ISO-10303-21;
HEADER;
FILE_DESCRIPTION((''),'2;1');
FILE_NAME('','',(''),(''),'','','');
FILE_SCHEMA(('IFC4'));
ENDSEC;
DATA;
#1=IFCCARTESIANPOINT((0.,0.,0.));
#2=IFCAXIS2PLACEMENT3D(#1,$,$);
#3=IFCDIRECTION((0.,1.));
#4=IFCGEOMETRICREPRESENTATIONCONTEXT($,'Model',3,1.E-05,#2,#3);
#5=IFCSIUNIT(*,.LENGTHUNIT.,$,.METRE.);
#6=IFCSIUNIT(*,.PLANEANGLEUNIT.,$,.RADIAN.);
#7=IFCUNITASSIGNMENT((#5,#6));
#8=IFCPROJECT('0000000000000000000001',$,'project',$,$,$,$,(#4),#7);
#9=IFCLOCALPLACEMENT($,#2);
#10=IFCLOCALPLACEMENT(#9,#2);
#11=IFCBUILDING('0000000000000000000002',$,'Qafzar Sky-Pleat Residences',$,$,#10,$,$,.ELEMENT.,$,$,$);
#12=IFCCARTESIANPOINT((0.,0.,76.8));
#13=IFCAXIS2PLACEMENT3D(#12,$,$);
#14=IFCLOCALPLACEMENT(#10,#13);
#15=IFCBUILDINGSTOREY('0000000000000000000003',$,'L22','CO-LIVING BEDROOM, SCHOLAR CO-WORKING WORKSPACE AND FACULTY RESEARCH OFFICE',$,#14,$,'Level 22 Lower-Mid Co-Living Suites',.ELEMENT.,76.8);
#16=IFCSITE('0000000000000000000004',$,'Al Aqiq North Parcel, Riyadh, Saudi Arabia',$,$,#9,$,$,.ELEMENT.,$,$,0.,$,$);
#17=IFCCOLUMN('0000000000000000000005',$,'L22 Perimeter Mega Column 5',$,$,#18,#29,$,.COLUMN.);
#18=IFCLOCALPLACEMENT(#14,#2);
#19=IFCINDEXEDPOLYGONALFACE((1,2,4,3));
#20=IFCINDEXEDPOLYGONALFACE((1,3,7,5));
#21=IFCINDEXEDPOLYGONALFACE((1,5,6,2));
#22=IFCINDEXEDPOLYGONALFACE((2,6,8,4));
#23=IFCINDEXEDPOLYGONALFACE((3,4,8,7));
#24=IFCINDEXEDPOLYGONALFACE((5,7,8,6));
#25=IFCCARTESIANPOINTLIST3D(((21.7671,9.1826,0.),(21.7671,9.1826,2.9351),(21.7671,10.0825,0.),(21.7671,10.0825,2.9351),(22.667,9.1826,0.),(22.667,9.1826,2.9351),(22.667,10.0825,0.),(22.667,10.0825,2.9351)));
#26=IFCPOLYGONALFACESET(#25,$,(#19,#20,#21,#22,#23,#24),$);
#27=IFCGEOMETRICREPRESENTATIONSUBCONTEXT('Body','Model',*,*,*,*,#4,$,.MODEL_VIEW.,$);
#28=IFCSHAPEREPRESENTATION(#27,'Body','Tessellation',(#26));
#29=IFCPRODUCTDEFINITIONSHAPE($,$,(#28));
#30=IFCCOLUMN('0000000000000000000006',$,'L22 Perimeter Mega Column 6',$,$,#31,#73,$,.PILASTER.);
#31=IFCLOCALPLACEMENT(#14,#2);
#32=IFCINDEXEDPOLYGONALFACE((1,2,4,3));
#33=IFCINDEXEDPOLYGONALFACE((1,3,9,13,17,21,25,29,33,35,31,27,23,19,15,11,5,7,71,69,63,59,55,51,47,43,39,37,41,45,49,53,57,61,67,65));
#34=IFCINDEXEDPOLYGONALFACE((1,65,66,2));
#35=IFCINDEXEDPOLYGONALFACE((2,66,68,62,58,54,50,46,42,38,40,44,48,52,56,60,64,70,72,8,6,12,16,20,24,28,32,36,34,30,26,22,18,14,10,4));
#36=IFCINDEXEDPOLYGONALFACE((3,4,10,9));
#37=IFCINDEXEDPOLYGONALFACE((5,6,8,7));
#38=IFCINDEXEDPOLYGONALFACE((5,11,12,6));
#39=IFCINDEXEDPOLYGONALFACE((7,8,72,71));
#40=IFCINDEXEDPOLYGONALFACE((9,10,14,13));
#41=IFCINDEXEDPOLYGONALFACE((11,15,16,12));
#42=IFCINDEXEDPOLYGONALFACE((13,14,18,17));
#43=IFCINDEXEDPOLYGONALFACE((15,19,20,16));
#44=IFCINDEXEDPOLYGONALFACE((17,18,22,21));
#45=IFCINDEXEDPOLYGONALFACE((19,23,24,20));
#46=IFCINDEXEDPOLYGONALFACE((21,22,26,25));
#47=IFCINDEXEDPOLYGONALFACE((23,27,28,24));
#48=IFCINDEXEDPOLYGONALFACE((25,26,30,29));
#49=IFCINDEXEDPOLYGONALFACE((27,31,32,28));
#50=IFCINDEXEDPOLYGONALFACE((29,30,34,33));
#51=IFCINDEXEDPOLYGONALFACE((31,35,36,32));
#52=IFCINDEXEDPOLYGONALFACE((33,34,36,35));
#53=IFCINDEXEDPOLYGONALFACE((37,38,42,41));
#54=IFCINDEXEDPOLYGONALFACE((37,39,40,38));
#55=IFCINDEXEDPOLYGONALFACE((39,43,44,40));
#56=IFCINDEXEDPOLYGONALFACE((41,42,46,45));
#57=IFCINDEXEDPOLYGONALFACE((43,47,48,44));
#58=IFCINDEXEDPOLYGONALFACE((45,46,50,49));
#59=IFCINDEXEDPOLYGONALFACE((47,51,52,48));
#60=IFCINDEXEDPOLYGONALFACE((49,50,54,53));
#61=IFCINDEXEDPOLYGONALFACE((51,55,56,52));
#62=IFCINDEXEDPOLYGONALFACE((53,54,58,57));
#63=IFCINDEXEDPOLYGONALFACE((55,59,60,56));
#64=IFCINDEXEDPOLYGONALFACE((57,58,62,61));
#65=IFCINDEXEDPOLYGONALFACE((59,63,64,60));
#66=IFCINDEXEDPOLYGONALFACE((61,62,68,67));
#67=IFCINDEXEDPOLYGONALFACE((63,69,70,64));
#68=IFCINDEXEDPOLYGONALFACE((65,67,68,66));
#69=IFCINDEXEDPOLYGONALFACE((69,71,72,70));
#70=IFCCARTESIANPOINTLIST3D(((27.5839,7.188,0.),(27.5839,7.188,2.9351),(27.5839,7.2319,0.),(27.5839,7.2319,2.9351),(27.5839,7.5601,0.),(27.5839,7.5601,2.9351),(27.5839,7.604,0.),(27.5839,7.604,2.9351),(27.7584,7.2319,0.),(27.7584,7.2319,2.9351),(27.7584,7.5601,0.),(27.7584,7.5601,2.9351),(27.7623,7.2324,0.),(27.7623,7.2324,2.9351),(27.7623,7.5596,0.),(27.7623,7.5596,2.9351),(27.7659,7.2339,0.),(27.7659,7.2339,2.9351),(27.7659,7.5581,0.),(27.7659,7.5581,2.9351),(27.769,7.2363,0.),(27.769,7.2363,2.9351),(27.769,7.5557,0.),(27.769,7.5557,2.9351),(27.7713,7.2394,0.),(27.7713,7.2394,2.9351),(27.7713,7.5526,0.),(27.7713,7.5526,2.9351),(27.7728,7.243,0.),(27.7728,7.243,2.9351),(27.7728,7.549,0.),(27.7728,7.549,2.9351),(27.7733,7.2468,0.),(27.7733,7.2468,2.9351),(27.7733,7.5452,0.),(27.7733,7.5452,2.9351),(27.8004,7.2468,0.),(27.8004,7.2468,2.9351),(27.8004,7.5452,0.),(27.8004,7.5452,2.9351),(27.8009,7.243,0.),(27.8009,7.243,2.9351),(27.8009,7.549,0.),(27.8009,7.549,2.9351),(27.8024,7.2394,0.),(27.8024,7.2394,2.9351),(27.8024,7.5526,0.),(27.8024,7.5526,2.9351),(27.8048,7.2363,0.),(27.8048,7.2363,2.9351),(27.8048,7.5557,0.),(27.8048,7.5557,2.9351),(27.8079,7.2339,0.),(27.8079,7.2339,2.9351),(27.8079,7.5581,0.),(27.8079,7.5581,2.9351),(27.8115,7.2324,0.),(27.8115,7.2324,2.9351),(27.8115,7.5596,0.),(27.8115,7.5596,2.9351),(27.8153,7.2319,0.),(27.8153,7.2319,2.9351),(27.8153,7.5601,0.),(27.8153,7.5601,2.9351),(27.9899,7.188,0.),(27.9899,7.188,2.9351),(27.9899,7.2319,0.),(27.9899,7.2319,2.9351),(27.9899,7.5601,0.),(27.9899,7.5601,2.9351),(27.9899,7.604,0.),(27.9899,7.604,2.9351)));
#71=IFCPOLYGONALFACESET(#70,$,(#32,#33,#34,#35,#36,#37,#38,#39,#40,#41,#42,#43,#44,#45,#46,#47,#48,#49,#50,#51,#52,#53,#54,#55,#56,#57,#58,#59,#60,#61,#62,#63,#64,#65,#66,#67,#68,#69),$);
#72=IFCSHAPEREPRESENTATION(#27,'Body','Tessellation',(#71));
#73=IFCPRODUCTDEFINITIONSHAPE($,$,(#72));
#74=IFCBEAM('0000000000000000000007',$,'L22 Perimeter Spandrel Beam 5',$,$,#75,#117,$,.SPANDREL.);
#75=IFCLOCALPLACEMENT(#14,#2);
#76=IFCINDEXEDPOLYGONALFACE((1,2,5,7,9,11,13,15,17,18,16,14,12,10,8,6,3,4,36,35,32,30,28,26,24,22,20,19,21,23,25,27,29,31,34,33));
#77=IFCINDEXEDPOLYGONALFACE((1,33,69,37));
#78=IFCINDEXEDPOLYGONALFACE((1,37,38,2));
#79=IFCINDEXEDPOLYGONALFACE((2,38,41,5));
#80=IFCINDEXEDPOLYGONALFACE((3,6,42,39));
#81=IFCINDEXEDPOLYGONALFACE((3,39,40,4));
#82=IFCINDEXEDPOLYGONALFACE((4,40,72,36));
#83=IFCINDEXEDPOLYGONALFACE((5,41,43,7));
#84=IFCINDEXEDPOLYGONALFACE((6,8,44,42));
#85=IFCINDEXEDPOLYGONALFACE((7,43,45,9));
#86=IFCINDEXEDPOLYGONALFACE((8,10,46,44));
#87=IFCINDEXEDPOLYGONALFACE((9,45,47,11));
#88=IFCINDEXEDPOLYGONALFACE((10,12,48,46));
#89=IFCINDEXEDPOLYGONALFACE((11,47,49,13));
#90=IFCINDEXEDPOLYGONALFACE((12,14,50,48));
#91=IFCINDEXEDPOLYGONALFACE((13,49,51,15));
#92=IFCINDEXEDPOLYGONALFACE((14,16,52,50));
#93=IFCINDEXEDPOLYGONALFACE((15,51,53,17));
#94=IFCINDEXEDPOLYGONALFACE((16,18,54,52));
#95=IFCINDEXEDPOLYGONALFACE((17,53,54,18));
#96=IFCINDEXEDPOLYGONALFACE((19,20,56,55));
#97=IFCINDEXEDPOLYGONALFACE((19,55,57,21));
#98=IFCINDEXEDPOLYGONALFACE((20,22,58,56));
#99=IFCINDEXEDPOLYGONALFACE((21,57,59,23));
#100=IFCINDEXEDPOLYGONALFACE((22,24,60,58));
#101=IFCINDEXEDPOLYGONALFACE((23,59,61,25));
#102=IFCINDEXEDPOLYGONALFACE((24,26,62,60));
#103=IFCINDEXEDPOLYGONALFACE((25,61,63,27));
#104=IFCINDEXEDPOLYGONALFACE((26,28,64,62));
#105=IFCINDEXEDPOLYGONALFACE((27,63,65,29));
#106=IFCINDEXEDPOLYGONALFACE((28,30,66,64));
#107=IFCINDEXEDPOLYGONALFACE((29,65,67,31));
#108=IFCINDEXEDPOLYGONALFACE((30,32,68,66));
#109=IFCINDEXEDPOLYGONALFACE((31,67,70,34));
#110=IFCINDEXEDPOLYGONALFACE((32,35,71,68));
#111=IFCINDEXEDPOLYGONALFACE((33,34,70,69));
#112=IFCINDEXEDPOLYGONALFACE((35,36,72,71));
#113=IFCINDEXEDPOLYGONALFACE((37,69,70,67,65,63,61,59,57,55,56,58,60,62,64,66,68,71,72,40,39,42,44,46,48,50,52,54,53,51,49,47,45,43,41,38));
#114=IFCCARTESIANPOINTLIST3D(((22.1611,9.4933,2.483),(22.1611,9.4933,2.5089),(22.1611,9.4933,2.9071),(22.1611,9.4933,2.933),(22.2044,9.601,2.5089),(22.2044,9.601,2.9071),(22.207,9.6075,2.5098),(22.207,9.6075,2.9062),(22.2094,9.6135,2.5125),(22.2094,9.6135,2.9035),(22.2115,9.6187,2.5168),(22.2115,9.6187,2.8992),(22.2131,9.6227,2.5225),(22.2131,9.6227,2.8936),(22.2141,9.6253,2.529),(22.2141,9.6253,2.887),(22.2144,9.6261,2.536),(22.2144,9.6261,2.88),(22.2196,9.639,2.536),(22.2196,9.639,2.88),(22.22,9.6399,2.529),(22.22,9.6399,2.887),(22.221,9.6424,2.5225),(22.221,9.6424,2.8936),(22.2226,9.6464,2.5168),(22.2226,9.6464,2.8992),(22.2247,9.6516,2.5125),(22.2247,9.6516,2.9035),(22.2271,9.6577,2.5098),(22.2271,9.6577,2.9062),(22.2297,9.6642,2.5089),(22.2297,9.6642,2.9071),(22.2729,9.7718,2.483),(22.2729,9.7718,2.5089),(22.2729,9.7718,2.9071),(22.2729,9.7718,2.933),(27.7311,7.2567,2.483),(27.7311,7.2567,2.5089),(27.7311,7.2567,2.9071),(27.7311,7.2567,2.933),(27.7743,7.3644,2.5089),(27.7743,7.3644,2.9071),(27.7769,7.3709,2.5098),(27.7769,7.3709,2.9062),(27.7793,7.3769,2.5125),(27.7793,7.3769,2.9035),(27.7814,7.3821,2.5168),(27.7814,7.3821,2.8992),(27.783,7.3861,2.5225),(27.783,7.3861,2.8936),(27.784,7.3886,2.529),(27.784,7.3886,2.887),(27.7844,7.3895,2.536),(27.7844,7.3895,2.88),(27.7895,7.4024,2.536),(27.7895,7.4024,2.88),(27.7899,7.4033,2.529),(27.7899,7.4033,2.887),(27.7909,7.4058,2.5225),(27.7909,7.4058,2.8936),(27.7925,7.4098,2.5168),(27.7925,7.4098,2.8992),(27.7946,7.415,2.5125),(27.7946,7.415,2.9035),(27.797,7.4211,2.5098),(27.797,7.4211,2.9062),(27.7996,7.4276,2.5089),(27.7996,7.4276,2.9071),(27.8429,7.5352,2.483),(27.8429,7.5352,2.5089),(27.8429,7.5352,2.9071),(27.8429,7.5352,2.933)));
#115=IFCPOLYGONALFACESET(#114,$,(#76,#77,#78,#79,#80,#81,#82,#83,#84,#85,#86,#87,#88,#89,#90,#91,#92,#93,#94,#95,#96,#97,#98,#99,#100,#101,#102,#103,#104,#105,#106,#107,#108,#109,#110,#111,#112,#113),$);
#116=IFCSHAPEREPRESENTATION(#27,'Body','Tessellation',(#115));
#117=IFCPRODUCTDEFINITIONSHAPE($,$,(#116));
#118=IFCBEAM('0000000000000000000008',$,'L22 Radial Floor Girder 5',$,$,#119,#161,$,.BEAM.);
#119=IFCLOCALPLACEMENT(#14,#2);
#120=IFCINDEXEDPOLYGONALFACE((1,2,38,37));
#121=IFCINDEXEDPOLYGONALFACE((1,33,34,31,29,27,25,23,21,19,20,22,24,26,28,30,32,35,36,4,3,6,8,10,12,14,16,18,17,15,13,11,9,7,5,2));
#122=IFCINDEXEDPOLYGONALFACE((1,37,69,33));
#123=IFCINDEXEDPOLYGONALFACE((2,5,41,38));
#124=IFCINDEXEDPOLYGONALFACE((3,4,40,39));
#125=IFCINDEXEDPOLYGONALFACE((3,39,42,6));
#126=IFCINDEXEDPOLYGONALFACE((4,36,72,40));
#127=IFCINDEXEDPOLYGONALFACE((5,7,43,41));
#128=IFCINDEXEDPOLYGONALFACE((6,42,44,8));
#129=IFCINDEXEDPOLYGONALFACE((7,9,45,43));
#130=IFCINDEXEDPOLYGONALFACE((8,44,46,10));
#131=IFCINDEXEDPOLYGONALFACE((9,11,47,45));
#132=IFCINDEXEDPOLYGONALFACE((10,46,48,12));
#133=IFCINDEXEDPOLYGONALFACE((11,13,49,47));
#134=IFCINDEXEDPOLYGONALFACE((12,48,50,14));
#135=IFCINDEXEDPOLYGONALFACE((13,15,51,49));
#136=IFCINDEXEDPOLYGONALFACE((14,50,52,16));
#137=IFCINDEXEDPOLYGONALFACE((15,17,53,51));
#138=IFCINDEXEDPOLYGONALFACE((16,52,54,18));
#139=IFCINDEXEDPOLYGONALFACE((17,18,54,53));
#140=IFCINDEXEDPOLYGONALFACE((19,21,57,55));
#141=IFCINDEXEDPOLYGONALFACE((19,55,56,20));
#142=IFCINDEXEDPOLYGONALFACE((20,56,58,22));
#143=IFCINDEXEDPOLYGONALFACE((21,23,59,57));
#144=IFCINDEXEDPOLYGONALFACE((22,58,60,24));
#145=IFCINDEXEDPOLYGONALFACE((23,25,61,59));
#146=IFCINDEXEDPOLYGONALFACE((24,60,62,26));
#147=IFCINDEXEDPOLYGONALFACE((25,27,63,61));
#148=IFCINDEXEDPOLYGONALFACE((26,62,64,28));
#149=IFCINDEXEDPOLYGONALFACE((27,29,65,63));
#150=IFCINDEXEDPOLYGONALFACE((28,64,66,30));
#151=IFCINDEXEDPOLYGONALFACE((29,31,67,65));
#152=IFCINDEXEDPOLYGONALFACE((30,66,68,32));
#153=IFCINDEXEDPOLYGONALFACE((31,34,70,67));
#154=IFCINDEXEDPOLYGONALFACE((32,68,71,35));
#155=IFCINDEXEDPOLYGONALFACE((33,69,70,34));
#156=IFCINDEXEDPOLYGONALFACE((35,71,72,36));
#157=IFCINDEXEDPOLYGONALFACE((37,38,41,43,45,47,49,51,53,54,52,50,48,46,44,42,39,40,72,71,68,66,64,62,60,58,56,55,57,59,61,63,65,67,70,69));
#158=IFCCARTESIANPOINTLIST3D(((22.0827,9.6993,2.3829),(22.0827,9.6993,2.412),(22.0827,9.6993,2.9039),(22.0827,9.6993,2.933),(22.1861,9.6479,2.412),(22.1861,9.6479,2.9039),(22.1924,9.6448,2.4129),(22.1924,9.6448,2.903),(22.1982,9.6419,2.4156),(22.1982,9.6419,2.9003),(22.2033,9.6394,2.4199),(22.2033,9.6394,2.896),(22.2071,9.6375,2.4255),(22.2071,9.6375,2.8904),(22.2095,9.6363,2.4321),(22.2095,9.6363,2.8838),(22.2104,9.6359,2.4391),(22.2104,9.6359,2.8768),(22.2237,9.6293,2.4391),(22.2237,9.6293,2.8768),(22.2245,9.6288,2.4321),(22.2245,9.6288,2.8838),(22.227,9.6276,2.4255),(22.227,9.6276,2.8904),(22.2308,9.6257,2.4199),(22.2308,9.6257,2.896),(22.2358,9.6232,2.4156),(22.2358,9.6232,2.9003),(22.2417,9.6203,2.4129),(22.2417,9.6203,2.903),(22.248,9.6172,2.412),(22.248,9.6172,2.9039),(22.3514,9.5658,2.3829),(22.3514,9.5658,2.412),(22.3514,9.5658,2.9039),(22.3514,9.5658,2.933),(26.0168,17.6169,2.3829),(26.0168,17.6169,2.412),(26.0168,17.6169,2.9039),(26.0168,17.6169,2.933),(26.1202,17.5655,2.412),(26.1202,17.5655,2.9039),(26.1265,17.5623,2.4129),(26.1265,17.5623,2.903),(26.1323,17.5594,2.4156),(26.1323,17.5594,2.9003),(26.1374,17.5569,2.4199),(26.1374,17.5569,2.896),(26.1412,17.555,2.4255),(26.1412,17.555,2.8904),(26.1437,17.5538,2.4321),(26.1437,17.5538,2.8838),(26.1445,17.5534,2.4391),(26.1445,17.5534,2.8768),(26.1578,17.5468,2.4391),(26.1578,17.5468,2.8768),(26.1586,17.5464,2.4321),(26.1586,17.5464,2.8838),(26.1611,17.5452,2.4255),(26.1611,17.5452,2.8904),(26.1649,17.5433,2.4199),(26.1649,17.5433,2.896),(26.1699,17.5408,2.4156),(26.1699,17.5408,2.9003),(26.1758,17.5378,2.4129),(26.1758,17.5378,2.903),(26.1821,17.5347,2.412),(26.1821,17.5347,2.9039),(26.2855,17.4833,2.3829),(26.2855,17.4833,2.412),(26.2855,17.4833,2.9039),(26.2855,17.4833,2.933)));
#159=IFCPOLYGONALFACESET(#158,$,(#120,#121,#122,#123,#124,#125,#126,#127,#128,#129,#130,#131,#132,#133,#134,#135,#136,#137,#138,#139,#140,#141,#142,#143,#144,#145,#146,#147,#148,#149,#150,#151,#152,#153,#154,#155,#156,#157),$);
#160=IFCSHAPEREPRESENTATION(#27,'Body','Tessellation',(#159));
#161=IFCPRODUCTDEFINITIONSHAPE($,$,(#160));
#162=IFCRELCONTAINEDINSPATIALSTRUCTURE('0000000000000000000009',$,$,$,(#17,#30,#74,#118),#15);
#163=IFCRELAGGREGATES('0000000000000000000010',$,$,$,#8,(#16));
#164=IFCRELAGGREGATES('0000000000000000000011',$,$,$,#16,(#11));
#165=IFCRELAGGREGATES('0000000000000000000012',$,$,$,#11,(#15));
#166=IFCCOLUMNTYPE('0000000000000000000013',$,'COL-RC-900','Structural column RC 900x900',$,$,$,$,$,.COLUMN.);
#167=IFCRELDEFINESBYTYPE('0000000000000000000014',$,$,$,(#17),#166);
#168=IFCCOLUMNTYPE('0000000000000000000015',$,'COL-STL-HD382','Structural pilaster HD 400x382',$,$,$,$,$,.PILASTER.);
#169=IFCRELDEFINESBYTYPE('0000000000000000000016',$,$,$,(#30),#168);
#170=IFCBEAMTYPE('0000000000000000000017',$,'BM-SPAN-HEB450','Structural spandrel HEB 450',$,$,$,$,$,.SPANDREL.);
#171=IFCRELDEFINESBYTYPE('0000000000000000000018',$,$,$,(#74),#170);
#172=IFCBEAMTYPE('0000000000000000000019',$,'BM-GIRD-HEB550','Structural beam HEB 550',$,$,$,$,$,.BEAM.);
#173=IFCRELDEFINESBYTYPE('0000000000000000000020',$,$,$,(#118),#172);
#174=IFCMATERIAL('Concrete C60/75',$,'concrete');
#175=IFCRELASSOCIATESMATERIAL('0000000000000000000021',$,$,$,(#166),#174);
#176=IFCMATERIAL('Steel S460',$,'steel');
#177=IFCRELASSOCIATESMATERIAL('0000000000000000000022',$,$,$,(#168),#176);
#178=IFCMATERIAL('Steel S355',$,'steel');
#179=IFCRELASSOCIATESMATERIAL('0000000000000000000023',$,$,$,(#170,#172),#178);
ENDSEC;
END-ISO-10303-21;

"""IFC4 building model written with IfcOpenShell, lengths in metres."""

from ifc_helpers import new_model, si_unit, direction, frame, origin, origin_2d, place, context, subcontext, project, spatial, rectangle, i_section, extrude, source, transform, mapped, material, material_profile, profile_set, type_object, element, save


model = new_model("IFC4")

# Units and contexts
model_context = context("Model", 3, precision=1e-05, world=origin(), true_north=direction((0.0, 1.0)))
body_context = subcontext(model_context, "Body", "Model", "MODEL_VIEW")
ifc_project = project(units=[si_unit("LENGTHUNIT", "METRE"), si_unit("PLANEANGLEUNIT", "RADIAN")], contexts=[model_context])

# Site, building, storey
site_placement = place(None, origin())
site = spatial("IfcSite", under=ifc_project, at=site_placement, Name="Al Aqiq North Parcel, Riyadh, Saudi Arabia", CompositionType="ELEMENT", RefElevation=0.0)
building_placement = place(site_placement, origin())
building = spatial("IfcBuilding", under=site, at=building_placement, Name="Qafzar Sky-Pleat Residences", CompositionType="ELEMENT")
storey_placement = place(building_placement, frame((0.0, 0.0, 76.8)))
storey = spatial("IfcBuildingStorey", under=building, at=storey_placement, Name="L22", Description="CO-LIVING BEDROOM, SCHOLAR CO-WORKING WORKSPACE AND FACULTY RESEARCH OFFICE", LongName="Level 22 Lower-Mid Co-Living Suites", CompositionType="ELEMENT", Elevation=76.8)

# Columns
ifc_material_1 = material(Name="Concrete C60/75", Category="concrete")
ifc_material_profile_1 = material_profile(ifc_material_1, rectangle(XDim=0.8999, YDim=0.8999, at=origin_2d()), Name="RC 900x900")
ifc_profile_set_1 = profile_set([ifc_material_profile_1], Name="Concrete C60/75")
column_type_1 = type_object("IfcColumnType", Name="COL-RC-900", Description="Structural column RC 900x900", PredefinedType="COLUMN", material=ifc_profile_set_1)
shared_shape_1 = source(origin(), body_context, "Body", "SweptSolid", [
    extrude(rectangle(XDim=0.8999, YDim=0.8999, at=origin_2d()), origin(), (0.0, 0.0, 1.0), 2.9351),
])
column_1_placement = place(storey_placement, frame((22.217, 9.6326, 0.0), z_axis=(0.0, 0.0, 1.0), x_axis=(1.0, 0.0, 0.0)))
element("IfcColumn", 1, at=column_1_placement, inside=storey, type_object=column_type_1, Name="L22 Perimeter Mega Column 5", PredefinedType="COLUMN", context=body_context, shape_type="MappedRepresentation", body=[
    mapped(shared_shape_1, transform((0.0, 0.0, 0.0), x_axis=(1.0, 0.0, 0.0), y_axis=(0.0, 1.0, 0.0), z_axis=(0.0, 0.0, 1.0), scale=1.0)),
])
ifc_material_2 = material(Name="Steel S460", Category="steel")
ifc_material_profile_2 = material_profile(ifc_material_2, i_section(OverallWidth=0.406, OverallDepth=0.416, WebThickness=0.0271, FlangeThickness=0.0439, FilletRadius=0.0149, at=origin_2d()), Name="HD 400x382")
ifc_profile_set_2 = profile_set([ifc_material_profile_2], Name="Steel S460")
column_type_2 = type_object("IfcColumnType", Name="COL-STL-HD382", Description="Structural pilaster HD 400x382", PredefinedType="PILASTER", material=ifc_profile_set_2)
shared_shape_2 = source(origin(), body_context, "Body", "SweptSolid", [
    extrude(i_section(OverallWidth=0.406, OverallDepth=0.416, WebThickness=0.0271, FlangeThickness=0.0439, FilletRadius=0.0149, at=origin_2d()), origin(), (0.0, 0.0, 1.0), 2.9351),
])
column_2_placement = place(storey_placement, frame((27.7869, 7.396, 0.0), z_axis=(0.0, 0.0, 1.0), x_axis=(1.0, 0.0, 0.0)))
element("IfcColumn", 2, at=column_2_placement, inside=storey, type_object=column_type_2, Name="L22 Perimeter Mega Column 6", PredefinedType="PILASTER", context=body_context, shape_type="MappedRepresentation", body=[
    mapped(shared_shape_2, transform((0.0, 0.0, 0.0), x_axis=(1.0, 0.0, 0.0), y_axis=(0.0, 1.0, 0.0), z_axis=(0.0, 0.0, 1.0), scale=1.0)),
])

# Beams
ifc_material_3 = material(Name="Steel S355", Category="steel")
ifc_material_profile_3 = material_profile(ifc_material_3, i_section(OverallWidth=0.3, OverallDepth=0.45, WebThickness=0.0139, FlangeThickness=0.0259, FilletRadius=0.0271, at=origin_2d()), Name="HEB 450")
ifc_profile_set_3 = profile_set([ifc_material_profile_3], Name="Steel S355")
beam_type_1 = type_object("IfcBeamType", Name="BM-SPAN-HEB450", Description="Structural spandrel HEB 450", PredefinedType="SPANDREL", material=ifc_profile_set_3)
shared_shape_3 = source(origin(), body_context, "Body", "SweptSolid", [
    extrude(i_section(OverallWidth=0.3, OverallDepth=0.45, WebThickness=0.0139, FlangeThickness=0.0259, FilletRadius=0.0271, at=origin_2d()), origin(), (0.0, 0.0, 1.0), 6.0022),
])
beam_1_placement = place(storey_placement, frame((22.217, 9.6326, 2.708), z_axis=(0.927979, -0.372632, 0.0), x_axis=(0.372632, 0.927979, 0.0)))
element("IfcBeam", 3, at=beam_1_placement, inside=storey, type_object=beam_type_1, Name="L22 Perimeter Spandrel Beam 5", PredefinedType="SPANDREL", context=body_context, shape_type="MappedRepresentation", body=[
    mapped(shared_shape_3, transform((0.0, 0.0, 0.0), x_axis=(1.0, 0.0, 0.0), y_axis=(0.0, 1.0, 0.0), z_axis=(0.0, 0.0, 1.0), scale=1.0)),
])
ifc_material_profile_4 = material_profile(ifc_material_3, i_section(OverallWidth=0.3, OverallDepth=0.55, WebThickness=0.0149, FlangeThickness=0.0291, FilletRadius=0.0271, at=origin_2d()), Name="HEB 550")
ifc_profile_set_4 = profile_set([ifc_material_profile_4], Name="Steel S355")
beam_type_2 = type_object("IfcBeamType", Name="BM-GIRD-HEB550", Description="Structural beam HEB 550", PredefinedType="BEAM", material=ifc_profile_set_4)
shared_shape_4 = source(origin(), body_context, "Body", "SweptSolid", [
    extrude(i_section(OverallWidth=0.3, OverallDepth=0.55, WebThickness=0.0149, FlangeThickness=0.0291, FilletRadius=0.0271, at=origin_2d()), origin(), (0.0, 0.0, 1.0), 8.8411),
])
beam_2_placement = place(storey_placement, frame((22.217, 9.6326, 2.658), z_axis=(0.444981, 0.89554, 0.0), x_axis=(-0.89554, 0.444981, 0.0)))
element("IfcBeam", 4, at=beam_2_placement, inside=storey, type_object=beam_type_2, Name="L22 Radial Floor Girder 5", PredefinedType="BEAM", context=body_context, shape_type="MappedRepresentation", body=[
    mapped(shared_shape_4, transform((0.0, 0.0, 0.0), x_axis=(1.0, 0.0, 0.0), y_axis=(0.0, 1.0, 0.0), z_axis=(0.0, 0.0, 1.0), scale=1.0)),
])

save(model, "model.ifc")
